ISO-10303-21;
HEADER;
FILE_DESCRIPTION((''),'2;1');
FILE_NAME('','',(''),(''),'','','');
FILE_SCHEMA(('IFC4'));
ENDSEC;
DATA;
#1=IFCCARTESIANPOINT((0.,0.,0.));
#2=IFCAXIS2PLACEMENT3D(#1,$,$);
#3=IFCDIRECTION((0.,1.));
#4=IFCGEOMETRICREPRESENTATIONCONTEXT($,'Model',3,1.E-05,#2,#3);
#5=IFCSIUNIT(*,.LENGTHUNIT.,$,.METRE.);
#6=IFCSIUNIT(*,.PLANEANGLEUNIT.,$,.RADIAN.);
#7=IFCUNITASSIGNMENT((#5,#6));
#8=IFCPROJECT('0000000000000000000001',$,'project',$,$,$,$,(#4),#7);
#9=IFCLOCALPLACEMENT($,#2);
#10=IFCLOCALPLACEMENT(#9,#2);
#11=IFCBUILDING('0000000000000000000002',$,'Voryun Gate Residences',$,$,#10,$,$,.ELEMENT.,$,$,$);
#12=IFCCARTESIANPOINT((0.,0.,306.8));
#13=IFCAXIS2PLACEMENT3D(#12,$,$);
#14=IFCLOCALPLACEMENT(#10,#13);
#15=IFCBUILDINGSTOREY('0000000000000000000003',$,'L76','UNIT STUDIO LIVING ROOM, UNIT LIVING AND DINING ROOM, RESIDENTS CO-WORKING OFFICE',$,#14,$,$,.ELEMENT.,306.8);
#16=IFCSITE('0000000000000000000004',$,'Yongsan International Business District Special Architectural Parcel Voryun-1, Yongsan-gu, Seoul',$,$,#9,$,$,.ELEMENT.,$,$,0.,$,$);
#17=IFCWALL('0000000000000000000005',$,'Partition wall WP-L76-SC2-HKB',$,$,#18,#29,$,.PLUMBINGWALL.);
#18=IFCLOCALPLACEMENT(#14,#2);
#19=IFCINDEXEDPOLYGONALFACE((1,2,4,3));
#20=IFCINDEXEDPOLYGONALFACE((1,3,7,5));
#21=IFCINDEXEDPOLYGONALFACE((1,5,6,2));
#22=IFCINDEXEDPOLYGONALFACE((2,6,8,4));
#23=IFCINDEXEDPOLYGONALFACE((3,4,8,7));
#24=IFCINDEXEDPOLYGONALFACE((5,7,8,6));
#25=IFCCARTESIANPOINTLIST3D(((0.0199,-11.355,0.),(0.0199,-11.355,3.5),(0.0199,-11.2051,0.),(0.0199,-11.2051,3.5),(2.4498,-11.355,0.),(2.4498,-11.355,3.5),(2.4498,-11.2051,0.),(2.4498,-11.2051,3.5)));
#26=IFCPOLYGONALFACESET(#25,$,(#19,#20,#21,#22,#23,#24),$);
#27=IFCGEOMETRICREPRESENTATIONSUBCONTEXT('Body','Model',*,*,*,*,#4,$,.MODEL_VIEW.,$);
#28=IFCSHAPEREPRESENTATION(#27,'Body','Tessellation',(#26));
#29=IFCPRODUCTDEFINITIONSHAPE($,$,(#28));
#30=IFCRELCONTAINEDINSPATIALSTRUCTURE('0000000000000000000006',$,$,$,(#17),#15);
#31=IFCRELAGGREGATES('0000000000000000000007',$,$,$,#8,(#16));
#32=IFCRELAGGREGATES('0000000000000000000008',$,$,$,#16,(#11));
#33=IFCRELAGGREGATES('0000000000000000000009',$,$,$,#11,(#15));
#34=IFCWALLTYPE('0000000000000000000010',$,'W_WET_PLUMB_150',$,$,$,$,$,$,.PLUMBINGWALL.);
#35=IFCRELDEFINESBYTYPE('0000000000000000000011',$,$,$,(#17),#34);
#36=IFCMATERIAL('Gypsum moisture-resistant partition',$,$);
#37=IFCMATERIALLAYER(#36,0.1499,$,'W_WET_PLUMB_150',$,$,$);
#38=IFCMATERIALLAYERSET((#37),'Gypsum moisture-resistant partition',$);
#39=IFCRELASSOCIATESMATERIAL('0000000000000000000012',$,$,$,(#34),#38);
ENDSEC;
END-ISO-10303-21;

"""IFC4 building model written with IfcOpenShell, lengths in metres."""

from ifc_helpers import new_model, si_unit, direction, frame, frame_2d, origin, place, context, subcontext, project, spatial, rectangle, extrude, material, layer, layer_set, type_object, element, save


model = new_model("IFC4")

# Units and contexts
model_context = context("Model", 3, precision=1e-05, world=origin(), true_north=direction((0.0, 1.0)))
body_context = subcontext(model_context, "Body", "Model", "MODEL_VIEW")
ifc_project = project(units=[si_unit("LENGTHUNIT", "METRE"), si_unit("PLANEANGLEUNIT", "RADIAN")], contexts=[model_context])

# Site, building, storey
site_placement = place(None, origin())
site = spatial("IfcSite", under=ifc_project, at=site_placement, Name="Yongsan International Business District Special Architectural Parcel Voryun-1, Yongsan-gu, Seoul", CompositionType="ELEMENT", RefElevation=0.0)
building_placement = place(site_placement, origin())
building = spatial("IfcBuilding", under=site, at=building_placement, Name="Voryun Gate Residences", CompositionType="ELEMENT")
storey_placement = place(building_placement, frame((0.0, 0.0, 306.8)))
storey = spatial("IfcBuildingStorey", under=building, at=storey_placement, Name="L76", Description="UNIT STUDIO LIVING ROOM, UNIT LIVING AND DINING ROOM, RESIDENTS CO-WORKING OFFICE", CompositionType="ELEMENT", Elevation=306.8)

# Shared definitions
ifc_material_1 = material(Name="Gypsum moisture-resistant partition")
ifc_layer_1 = layer(ifc_material_1, 0.1499, Name="W_WET_PLUMB_150")
ifc_layer_set_1 = layer_set([ifc_layer_1], Name="Gypsum moisture-resistant partition")
wall_type_1 = type_object("IfcWallType", Name="W_WET_PLUMB_150", PredefinedType="PLUMBINGWALL", material=ifc_layer_set_1)

# Wall
wall_1_placement = place(storey_placement, frame((0.02, -11.28, 0.0), z_axis=(0.0, 0.0, 1.0), x_axis=(1.0, 0.0, 0.0)))
element("IfcWall", 1, at=wall_1_placement, inside=storey, type_object=wall_type_1, Name="Partition wall WP-L76-SC2-HKB", PredefinedType="PLUMBINGWALL", context=body_context, shape_type="SweptSolid", body=[
    extrude(rectangle(XDim=2.4299, YDim=0.1499, at=frame_2d((1.2148, 0.0))), origin(), (0.0, 0.0, 1.0), 3.5),
])

save(model, "model.ifc")
